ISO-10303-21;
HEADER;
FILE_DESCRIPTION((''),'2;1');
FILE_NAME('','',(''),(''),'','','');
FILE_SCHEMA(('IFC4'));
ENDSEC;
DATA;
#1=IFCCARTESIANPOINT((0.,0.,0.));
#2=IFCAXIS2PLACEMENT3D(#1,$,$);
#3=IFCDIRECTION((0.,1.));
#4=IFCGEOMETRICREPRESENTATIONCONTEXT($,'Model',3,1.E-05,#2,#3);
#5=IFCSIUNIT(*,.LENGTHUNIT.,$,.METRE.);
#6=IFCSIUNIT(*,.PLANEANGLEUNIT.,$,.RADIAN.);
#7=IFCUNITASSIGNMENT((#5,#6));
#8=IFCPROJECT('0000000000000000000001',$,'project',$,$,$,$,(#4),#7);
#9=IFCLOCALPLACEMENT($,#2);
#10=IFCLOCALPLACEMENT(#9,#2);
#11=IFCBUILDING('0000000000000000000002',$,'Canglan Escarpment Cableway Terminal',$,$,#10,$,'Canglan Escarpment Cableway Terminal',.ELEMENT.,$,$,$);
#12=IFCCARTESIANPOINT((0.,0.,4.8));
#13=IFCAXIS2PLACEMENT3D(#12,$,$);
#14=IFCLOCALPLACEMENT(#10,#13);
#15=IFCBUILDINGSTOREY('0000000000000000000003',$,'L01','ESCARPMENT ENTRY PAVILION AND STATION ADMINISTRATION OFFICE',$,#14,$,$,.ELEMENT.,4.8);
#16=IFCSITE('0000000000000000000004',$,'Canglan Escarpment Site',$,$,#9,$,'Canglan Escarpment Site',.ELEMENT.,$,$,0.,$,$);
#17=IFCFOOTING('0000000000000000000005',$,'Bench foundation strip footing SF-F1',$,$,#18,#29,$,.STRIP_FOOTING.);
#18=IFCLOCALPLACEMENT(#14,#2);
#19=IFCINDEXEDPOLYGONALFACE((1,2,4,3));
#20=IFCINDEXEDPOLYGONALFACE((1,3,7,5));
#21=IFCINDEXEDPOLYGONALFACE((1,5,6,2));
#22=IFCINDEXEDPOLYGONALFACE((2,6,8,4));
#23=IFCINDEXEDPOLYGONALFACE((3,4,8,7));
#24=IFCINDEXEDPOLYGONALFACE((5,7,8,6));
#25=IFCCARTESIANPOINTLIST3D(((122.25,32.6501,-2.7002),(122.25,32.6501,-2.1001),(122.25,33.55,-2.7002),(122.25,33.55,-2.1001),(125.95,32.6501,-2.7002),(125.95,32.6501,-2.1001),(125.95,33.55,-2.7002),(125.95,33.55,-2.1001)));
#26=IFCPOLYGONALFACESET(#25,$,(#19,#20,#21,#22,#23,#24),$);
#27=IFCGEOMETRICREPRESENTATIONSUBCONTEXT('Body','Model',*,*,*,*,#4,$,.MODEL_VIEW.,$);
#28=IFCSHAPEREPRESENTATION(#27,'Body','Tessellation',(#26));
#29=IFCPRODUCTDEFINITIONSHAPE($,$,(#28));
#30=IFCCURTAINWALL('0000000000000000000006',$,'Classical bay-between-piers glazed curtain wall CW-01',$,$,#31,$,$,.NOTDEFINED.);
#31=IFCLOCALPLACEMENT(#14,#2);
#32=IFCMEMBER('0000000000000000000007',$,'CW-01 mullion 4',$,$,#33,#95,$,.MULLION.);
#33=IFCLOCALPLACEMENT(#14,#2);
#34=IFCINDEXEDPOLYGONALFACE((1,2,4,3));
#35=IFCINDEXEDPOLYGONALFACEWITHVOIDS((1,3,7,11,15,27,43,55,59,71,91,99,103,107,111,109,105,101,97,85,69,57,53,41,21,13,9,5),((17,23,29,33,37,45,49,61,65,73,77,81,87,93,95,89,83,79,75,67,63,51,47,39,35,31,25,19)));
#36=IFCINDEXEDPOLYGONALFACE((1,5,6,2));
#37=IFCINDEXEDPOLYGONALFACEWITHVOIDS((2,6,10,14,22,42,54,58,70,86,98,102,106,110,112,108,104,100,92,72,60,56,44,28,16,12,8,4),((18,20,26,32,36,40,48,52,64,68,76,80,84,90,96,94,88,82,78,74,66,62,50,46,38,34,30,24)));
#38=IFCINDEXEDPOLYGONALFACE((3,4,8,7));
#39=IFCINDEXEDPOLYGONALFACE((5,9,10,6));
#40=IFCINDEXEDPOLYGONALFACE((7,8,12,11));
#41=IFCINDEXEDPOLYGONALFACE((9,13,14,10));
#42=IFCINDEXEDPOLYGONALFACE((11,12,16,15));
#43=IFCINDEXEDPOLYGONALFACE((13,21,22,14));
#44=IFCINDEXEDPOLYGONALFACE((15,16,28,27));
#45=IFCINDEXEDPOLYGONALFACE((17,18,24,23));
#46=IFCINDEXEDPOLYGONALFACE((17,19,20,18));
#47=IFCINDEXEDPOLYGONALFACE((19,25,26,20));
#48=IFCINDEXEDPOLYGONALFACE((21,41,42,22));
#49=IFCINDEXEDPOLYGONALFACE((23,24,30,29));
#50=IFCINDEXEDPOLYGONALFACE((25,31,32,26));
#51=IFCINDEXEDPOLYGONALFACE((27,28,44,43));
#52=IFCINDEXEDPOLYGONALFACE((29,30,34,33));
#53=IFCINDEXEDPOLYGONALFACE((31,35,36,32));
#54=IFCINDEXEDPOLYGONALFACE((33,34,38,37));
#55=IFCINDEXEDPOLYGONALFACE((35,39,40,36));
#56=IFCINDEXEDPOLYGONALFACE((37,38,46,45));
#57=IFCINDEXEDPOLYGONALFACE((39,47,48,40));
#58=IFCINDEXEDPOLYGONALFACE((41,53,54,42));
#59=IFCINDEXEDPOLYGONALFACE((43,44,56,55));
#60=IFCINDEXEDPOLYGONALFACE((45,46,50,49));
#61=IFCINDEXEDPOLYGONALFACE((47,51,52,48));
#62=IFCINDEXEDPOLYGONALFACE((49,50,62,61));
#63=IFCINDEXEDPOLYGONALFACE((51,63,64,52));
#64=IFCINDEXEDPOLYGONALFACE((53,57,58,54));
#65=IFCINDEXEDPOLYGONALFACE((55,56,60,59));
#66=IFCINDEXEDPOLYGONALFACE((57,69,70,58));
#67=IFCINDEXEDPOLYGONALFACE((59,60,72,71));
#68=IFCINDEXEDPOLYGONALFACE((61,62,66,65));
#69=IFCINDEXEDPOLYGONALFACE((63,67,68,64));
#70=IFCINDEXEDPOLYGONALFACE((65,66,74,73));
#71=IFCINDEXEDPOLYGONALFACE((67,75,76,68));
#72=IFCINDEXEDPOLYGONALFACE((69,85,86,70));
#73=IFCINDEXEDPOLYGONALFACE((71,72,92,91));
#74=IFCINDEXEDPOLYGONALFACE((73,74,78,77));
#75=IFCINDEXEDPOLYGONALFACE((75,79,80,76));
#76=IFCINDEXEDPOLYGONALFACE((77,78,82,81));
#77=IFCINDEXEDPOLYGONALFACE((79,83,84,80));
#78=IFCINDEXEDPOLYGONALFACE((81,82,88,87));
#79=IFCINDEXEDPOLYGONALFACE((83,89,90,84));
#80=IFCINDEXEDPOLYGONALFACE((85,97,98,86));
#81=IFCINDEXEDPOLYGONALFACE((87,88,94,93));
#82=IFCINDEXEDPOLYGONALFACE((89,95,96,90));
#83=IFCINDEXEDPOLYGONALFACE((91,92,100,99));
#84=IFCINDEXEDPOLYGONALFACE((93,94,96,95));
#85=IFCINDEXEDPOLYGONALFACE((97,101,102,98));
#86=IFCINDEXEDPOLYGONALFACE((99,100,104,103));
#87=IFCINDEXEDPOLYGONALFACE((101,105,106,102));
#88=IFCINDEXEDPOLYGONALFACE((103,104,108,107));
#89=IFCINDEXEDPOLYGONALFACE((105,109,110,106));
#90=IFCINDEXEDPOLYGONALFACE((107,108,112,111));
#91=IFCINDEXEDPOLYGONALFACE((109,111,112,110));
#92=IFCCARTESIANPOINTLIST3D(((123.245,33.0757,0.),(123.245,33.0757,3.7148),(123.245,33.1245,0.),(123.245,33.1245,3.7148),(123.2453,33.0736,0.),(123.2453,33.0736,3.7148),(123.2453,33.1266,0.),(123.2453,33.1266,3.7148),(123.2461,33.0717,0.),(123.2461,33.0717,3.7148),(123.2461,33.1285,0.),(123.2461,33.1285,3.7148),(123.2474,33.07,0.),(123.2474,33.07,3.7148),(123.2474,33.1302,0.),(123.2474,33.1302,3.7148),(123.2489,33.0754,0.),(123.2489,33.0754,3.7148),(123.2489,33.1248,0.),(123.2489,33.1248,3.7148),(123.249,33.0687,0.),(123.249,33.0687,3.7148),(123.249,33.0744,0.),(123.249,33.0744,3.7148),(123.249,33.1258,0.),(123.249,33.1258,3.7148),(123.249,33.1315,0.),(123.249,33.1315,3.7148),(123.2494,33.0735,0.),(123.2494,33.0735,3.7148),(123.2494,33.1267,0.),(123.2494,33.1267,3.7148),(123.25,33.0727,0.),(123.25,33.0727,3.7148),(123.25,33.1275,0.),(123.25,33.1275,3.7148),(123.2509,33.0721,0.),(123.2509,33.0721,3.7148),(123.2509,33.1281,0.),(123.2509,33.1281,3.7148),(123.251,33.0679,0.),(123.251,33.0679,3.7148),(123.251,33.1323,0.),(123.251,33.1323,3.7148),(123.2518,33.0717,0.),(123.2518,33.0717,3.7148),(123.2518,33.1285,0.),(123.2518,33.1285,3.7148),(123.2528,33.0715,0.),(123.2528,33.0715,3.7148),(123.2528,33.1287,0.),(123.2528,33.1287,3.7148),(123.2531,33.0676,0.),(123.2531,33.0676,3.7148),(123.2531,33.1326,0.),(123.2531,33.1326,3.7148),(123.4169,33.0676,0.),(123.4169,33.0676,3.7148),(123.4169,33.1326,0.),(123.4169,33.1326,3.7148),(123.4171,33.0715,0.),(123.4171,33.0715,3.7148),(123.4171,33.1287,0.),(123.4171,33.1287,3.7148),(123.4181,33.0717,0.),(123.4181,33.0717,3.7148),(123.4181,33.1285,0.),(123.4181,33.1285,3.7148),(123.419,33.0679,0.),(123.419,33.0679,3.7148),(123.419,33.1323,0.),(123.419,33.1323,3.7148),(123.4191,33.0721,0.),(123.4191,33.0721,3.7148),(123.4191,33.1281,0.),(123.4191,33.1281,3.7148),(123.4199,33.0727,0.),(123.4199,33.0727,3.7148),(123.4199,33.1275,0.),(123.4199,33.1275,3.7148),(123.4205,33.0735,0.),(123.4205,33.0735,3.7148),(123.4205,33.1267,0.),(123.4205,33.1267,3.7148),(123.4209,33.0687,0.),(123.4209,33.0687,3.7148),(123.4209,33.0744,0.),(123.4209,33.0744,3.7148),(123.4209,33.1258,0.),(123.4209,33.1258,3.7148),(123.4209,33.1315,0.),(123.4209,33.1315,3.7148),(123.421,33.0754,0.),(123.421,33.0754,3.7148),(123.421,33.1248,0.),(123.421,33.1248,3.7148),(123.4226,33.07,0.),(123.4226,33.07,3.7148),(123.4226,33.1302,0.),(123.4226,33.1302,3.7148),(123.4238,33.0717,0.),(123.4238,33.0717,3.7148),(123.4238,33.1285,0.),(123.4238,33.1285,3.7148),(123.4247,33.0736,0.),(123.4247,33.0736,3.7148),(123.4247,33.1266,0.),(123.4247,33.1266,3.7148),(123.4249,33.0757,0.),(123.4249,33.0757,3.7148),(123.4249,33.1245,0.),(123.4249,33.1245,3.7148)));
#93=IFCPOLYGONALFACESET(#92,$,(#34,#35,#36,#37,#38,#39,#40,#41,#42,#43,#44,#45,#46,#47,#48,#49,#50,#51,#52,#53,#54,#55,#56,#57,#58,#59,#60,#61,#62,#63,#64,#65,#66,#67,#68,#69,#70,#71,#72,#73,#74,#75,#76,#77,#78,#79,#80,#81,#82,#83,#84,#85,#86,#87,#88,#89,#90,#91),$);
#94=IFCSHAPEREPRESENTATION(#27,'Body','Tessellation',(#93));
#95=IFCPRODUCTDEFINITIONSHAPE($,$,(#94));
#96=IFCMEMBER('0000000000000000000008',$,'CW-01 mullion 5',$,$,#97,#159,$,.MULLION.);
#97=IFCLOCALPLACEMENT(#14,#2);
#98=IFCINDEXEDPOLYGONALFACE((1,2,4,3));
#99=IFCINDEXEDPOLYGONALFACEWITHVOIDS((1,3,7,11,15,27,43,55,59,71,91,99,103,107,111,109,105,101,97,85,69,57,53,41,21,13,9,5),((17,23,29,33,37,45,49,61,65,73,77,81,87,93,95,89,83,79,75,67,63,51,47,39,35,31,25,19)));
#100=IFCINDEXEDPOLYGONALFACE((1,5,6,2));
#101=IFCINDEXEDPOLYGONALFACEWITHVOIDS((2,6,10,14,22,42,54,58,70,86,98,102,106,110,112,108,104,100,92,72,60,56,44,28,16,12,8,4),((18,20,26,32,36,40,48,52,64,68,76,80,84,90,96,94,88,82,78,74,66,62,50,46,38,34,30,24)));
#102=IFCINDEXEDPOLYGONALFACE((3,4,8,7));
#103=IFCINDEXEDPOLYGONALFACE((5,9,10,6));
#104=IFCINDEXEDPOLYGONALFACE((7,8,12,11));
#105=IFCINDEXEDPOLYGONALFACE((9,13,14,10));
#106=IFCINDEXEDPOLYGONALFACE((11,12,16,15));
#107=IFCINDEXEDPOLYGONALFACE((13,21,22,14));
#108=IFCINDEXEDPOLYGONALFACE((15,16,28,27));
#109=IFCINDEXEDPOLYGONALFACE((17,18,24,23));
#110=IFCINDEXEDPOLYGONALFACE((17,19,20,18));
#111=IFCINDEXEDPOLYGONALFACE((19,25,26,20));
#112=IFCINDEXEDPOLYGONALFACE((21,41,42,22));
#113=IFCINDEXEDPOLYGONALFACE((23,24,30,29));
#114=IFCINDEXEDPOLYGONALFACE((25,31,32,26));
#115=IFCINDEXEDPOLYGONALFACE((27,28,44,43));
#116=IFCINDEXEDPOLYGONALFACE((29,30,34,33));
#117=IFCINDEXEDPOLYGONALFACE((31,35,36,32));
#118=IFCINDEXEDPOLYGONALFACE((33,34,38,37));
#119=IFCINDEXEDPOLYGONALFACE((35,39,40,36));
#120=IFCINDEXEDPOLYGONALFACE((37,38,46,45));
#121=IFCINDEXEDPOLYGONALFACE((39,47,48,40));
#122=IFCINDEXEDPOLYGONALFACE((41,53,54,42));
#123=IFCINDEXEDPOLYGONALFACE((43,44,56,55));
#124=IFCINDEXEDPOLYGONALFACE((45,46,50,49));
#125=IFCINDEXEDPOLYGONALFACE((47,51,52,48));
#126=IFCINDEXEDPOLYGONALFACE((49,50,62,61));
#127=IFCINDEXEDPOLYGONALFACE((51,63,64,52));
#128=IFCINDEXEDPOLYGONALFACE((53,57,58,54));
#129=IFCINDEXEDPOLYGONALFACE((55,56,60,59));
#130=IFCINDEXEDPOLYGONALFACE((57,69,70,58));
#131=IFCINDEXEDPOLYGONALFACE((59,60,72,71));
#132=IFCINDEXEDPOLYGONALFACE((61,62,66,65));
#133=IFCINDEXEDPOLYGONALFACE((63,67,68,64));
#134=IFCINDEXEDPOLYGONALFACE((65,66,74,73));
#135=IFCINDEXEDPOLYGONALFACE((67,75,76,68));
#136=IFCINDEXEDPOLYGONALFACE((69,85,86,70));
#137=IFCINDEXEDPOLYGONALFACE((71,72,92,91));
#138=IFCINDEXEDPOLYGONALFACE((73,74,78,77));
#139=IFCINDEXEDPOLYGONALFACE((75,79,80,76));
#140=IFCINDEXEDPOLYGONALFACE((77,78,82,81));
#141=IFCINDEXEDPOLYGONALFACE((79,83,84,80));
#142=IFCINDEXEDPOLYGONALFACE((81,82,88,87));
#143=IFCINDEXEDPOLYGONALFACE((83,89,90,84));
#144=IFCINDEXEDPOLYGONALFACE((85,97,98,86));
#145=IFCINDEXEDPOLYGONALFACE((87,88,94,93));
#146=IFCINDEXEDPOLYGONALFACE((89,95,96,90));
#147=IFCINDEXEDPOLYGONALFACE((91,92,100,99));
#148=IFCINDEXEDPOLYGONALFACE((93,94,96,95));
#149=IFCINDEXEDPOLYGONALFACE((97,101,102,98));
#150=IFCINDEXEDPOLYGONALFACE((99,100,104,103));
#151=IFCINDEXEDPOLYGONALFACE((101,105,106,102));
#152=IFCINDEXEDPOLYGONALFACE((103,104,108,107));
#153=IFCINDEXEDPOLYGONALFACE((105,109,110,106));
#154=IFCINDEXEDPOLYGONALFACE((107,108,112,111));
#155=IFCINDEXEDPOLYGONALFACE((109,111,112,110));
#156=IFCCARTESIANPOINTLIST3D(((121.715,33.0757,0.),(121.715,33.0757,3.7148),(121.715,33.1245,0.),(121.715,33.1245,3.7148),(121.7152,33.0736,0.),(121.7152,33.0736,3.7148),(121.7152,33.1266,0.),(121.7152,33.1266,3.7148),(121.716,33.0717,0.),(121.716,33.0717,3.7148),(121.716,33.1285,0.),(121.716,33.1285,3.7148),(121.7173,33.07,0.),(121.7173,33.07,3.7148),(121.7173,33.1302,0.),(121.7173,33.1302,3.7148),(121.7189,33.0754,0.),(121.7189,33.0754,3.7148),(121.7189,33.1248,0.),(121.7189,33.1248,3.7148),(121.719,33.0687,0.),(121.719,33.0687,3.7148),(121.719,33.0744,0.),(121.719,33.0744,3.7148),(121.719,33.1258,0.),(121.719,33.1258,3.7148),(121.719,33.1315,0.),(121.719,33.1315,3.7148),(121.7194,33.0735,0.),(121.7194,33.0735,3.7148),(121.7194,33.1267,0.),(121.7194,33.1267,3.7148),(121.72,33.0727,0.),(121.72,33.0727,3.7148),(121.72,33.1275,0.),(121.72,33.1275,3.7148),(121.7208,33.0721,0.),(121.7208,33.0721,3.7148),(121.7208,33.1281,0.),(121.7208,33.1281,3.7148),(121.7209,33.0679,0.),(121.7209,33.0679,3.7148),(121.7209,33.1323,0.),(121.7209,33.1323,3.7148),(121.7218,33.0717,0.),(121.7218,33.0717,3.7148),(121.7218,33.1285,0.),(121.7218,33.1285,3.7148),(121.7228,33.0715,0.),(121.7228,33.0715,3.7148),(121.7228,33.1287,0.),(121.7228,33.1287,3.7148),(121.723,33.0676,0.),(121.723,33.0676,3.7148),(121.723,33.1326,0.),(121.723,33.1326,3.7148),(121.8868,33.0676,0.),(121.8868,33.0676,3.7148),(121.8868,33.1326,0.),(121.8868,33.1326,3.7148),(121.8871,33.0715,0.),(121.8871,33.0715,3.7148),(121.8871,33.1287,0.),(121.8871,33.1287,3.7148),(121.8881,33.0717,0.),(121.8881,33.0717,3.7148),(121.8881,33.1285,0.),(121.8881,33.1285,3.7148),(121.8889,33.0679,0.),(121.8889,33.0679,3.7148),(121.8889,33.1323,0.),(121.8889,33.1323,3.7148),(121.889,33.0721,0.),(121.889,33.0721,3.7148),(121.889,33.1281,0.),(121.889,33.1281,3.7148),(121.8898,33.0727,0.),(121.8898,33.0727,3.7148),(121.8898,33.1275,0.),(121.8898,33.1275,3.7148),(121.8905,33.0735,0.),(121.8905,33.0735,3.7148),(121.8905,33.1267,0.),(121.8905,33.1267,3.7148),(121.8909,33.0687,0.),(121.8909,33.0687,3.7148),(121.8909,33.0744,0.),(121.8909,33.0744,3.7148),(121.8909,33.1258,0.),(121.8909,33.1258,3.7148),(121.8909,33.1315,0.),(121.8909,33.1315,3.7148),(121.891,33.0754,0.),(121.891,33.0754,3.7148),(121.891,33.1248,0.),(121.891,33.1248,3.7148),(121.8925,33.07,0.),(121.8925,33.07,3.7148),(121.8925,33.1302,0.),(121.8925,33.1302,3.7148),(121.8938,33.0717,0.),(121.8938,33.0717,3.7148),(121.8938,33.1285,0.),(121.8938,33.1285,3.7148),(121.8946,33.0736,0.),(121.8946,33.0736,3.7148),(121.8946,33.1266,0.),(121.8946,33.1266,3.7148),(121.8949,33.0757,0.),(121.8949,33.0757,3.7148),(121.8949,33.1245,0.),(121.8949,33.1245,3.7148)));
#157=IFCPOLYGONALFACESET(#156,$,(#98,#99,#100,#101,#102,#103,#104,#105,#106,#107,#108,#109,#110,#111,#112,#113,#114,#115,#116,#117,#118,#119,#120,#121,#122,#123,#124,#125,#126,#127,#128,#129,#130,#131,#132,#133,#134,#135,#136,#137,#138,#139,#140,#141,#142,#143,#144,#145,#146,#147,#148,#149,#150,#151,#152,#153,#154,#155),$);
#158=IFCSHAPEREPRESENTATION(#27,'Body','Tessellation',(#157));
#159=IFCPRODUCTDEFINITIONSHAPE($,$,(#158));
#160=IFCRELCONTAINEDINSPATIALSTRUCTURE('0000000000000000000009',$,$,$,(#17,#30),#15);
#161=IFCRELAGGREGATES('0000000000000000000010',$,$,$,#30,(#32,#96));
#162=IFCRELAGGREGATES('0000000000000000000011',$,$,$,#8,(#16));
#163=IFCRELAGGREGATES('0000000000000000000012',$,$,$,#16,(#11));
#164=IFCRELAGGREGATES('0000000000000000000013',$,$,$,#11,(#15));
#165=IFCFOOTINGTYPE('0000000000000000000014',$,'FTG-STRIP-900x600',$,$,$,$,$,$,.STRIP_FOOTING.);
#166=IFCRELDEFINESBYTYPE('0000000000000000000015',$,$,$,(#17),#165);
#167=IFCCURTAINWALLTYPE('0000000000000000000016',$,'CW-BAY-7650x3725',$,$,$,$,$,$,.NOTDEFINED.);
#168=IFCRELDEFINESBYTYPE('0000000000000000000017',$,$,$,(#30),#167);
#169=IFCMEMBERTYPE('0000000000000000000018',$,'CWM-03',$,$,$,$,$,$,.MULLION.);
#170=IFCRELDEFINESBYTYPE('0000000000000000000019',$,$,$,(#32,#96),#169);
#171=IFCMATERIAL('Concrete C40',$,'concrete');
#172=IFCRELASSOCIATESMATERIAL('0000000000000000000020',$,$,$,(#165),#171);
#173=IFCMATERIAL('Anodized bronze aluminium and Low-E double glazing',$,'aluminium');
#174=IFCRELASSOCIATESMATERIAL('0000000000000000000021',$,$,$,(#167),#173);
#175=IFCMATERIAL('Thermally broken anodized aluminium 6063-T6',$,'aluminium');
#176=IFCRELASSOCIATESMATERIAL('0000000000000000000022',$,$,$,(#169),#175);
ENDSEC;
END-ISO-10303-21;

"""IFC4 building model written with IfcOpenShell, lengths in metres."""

from ifc_helpers import new_model, si_unit, direction, frame, origin, origin_2d, place, context, subcontext, project, spatial, rectangle, hollow_rectangle, extrude, material, material_profile, profile_set, type_object, element, aggregate, save


model = new_model("IFC4")

# Units and contexts
model_context = context("Model", 3, precision=1e-05, world=origin(), true_north=direction((0.0, 1.0)))
body_context = subcontext(model_context, "Body", "Model", "MODEL_VIEW")
ifc_project = project(units=[si_unit("LENGTHUNIT", "METRE"), si_unit("PLANEANGLEUNIT", "RADIAN")], contexts=[model_context])

# Site, building, storey
site_placement = place(None, origin())
site = spatial("IfcSite", under=ifc_project, at=site_placement, Name="Canglan Escarpment Site", LongName="Canglan Escarpment Site", CompositionType="ELEMENT", RefElevation=0.0)
building_placement = place(site_placement, origin())
building = spatial("IfcBuilding", under=site, at=building_placement, Name="Canglan Escarpment Cableway Terminal", LongName="Canglan Escarpment Cableway Terminal", CompositionType="ELEMENT")
storey_placement = place(building_placement, frame((0.0, 0.0, 4.8)))
storey = spatial("IfcBuildingStorey", under=building, at=storey_placement, Name="L01", Description="ESCARPMENT ENTRY PAVILION AND STATION ADMINISTRATION OFFICE", CompositionType="ELEMENT", Elevation=4.8)

# Footing
ifc_material_1 = material(Name="Concrete C40", Category="concrete")
ifc_material_profile_1 = material_profile(ifc_material_1, rectangle(XDim=0.8999, YDim=0.6001, at=origin_2d()), Name="SF 900x600")
ifc_profile_set_1 = profile_set([ifc_material_profile_1], Name="Concrete C40")
footing_type = type_object("IfcFootingType", Name="FTG-STRIP-900x600", PredefinedType="STRIP_FOOTING", material=ifc_profile_set_1)
footing_placement = place(storey_placement, frame((122.25, 33.1001, -2.4001), z_axis=(1.0, 0.0, 0.0), x_axis=(0.0, 1.0, 0.0)))
element("IfcFooting", 1, at=footing_placement, inside=storey, type_object=footing_type, Name="Bench foundation strip footing SF-F1", PredefinedType="STRIP_FOOTING", context=body_context, shape_type="SweptSolid", body=[
    extrude(rectangle(XDim=0.8999, YDim=0.6001, at=origin_2d()), origin(), (0.0, 0.0, 1.0), 3.7),
])

# Curtain wall, members
ifc_material_2 = material(Name="Anodized bronze aluminium and Low-E double glazing", Category="aluminium")
curtain_wall_type = type_object("IfcCurtainWallType", Name="CW-BAY-7650x3725", PredefinedType="NOTDEFINED", material=ifc_material_2)
curtain_wall_placement = place(storey_placement, origin())
curtain_wall = element("IfcCurtainWall", 2, at=curtain_wall_placement, inside=storey, type_object=curtain_wall_type, Name="Classical bay-between-piers glazed curtain wall CW-01", PredefinedType="NOTDEFINED")
ifc_material_3 = material(Name="Thermally broken anodized aluminium 6063-T6", Category="aluminium")
ifc_material_profile_2 = material_profile(ifc_material_3, hollow_rectangle(XDim=0.0649, YDim=0.1799, WallThickness=0.0039, InnerFilletRadius=0.0039, OuterFilletRadius=0.0081, at=origin_2d()), Name="ALU-MULL 65x180x4")
ifc_profile_set_2 = profile_set([ifc_material_profile_2], Name="Thermally broken anodized aluminium 6063-T6")
member_type_1 = type_object("IfcMemberType", Name="CWM-03", PredefinedType="MULLION", material=ifc_profile_set_2)
member_1_placement = place(storey_placement, frame((123.335, 33.1001, 0.0), z_axis=(0.0, 0.0, 1.0), x_axis=(0.0, -1.0, 0.0)))
member_1 = element("IfcMember", 3, at=member_1_placement, type_object=member_type_1, Name="CW-01 mullion 4", PredefinedType="MULLION", context=body_context, shape_type="SweptSolid", body=[
    extrude(hollow_rectangle(XDim=0.0649, YDim=0.1799, WallThickness=0.0039, InnerFilletRadius=0.0039, OuterFilletRadius=0.0081, at=origin_2d()), origin(), (0.0, 0.0, 1.0), 3.7148),
])
member_2_placement = place(storey_placement, frame((121.8049, 33.1001, 0.0), z_axis=(0.0, 0.0, 1.0), x_axis=(0.0, -1.0, 0.0)))
member_2 = element("IfcMember", 4, at=member_2_placement, type_object=member_type_1, Name="CW-01 mullion 5", PredefinedType="MULLION", context=body_context, shape_type="SweptSolid", body=[
    extrude(hollow_rectangle(XDim=0.0649, YDim=0.1799, WallThickness=0.0039, InnerFilletRadius=0.0039, OuterFilletRadius=0.0081, at=origin_2d()), origin(), (0.0, 0.0, 1.0), 3.7148),
])
aggregate(curtain_wall, [member_1, member_2])

save(model, "model.ifc")
